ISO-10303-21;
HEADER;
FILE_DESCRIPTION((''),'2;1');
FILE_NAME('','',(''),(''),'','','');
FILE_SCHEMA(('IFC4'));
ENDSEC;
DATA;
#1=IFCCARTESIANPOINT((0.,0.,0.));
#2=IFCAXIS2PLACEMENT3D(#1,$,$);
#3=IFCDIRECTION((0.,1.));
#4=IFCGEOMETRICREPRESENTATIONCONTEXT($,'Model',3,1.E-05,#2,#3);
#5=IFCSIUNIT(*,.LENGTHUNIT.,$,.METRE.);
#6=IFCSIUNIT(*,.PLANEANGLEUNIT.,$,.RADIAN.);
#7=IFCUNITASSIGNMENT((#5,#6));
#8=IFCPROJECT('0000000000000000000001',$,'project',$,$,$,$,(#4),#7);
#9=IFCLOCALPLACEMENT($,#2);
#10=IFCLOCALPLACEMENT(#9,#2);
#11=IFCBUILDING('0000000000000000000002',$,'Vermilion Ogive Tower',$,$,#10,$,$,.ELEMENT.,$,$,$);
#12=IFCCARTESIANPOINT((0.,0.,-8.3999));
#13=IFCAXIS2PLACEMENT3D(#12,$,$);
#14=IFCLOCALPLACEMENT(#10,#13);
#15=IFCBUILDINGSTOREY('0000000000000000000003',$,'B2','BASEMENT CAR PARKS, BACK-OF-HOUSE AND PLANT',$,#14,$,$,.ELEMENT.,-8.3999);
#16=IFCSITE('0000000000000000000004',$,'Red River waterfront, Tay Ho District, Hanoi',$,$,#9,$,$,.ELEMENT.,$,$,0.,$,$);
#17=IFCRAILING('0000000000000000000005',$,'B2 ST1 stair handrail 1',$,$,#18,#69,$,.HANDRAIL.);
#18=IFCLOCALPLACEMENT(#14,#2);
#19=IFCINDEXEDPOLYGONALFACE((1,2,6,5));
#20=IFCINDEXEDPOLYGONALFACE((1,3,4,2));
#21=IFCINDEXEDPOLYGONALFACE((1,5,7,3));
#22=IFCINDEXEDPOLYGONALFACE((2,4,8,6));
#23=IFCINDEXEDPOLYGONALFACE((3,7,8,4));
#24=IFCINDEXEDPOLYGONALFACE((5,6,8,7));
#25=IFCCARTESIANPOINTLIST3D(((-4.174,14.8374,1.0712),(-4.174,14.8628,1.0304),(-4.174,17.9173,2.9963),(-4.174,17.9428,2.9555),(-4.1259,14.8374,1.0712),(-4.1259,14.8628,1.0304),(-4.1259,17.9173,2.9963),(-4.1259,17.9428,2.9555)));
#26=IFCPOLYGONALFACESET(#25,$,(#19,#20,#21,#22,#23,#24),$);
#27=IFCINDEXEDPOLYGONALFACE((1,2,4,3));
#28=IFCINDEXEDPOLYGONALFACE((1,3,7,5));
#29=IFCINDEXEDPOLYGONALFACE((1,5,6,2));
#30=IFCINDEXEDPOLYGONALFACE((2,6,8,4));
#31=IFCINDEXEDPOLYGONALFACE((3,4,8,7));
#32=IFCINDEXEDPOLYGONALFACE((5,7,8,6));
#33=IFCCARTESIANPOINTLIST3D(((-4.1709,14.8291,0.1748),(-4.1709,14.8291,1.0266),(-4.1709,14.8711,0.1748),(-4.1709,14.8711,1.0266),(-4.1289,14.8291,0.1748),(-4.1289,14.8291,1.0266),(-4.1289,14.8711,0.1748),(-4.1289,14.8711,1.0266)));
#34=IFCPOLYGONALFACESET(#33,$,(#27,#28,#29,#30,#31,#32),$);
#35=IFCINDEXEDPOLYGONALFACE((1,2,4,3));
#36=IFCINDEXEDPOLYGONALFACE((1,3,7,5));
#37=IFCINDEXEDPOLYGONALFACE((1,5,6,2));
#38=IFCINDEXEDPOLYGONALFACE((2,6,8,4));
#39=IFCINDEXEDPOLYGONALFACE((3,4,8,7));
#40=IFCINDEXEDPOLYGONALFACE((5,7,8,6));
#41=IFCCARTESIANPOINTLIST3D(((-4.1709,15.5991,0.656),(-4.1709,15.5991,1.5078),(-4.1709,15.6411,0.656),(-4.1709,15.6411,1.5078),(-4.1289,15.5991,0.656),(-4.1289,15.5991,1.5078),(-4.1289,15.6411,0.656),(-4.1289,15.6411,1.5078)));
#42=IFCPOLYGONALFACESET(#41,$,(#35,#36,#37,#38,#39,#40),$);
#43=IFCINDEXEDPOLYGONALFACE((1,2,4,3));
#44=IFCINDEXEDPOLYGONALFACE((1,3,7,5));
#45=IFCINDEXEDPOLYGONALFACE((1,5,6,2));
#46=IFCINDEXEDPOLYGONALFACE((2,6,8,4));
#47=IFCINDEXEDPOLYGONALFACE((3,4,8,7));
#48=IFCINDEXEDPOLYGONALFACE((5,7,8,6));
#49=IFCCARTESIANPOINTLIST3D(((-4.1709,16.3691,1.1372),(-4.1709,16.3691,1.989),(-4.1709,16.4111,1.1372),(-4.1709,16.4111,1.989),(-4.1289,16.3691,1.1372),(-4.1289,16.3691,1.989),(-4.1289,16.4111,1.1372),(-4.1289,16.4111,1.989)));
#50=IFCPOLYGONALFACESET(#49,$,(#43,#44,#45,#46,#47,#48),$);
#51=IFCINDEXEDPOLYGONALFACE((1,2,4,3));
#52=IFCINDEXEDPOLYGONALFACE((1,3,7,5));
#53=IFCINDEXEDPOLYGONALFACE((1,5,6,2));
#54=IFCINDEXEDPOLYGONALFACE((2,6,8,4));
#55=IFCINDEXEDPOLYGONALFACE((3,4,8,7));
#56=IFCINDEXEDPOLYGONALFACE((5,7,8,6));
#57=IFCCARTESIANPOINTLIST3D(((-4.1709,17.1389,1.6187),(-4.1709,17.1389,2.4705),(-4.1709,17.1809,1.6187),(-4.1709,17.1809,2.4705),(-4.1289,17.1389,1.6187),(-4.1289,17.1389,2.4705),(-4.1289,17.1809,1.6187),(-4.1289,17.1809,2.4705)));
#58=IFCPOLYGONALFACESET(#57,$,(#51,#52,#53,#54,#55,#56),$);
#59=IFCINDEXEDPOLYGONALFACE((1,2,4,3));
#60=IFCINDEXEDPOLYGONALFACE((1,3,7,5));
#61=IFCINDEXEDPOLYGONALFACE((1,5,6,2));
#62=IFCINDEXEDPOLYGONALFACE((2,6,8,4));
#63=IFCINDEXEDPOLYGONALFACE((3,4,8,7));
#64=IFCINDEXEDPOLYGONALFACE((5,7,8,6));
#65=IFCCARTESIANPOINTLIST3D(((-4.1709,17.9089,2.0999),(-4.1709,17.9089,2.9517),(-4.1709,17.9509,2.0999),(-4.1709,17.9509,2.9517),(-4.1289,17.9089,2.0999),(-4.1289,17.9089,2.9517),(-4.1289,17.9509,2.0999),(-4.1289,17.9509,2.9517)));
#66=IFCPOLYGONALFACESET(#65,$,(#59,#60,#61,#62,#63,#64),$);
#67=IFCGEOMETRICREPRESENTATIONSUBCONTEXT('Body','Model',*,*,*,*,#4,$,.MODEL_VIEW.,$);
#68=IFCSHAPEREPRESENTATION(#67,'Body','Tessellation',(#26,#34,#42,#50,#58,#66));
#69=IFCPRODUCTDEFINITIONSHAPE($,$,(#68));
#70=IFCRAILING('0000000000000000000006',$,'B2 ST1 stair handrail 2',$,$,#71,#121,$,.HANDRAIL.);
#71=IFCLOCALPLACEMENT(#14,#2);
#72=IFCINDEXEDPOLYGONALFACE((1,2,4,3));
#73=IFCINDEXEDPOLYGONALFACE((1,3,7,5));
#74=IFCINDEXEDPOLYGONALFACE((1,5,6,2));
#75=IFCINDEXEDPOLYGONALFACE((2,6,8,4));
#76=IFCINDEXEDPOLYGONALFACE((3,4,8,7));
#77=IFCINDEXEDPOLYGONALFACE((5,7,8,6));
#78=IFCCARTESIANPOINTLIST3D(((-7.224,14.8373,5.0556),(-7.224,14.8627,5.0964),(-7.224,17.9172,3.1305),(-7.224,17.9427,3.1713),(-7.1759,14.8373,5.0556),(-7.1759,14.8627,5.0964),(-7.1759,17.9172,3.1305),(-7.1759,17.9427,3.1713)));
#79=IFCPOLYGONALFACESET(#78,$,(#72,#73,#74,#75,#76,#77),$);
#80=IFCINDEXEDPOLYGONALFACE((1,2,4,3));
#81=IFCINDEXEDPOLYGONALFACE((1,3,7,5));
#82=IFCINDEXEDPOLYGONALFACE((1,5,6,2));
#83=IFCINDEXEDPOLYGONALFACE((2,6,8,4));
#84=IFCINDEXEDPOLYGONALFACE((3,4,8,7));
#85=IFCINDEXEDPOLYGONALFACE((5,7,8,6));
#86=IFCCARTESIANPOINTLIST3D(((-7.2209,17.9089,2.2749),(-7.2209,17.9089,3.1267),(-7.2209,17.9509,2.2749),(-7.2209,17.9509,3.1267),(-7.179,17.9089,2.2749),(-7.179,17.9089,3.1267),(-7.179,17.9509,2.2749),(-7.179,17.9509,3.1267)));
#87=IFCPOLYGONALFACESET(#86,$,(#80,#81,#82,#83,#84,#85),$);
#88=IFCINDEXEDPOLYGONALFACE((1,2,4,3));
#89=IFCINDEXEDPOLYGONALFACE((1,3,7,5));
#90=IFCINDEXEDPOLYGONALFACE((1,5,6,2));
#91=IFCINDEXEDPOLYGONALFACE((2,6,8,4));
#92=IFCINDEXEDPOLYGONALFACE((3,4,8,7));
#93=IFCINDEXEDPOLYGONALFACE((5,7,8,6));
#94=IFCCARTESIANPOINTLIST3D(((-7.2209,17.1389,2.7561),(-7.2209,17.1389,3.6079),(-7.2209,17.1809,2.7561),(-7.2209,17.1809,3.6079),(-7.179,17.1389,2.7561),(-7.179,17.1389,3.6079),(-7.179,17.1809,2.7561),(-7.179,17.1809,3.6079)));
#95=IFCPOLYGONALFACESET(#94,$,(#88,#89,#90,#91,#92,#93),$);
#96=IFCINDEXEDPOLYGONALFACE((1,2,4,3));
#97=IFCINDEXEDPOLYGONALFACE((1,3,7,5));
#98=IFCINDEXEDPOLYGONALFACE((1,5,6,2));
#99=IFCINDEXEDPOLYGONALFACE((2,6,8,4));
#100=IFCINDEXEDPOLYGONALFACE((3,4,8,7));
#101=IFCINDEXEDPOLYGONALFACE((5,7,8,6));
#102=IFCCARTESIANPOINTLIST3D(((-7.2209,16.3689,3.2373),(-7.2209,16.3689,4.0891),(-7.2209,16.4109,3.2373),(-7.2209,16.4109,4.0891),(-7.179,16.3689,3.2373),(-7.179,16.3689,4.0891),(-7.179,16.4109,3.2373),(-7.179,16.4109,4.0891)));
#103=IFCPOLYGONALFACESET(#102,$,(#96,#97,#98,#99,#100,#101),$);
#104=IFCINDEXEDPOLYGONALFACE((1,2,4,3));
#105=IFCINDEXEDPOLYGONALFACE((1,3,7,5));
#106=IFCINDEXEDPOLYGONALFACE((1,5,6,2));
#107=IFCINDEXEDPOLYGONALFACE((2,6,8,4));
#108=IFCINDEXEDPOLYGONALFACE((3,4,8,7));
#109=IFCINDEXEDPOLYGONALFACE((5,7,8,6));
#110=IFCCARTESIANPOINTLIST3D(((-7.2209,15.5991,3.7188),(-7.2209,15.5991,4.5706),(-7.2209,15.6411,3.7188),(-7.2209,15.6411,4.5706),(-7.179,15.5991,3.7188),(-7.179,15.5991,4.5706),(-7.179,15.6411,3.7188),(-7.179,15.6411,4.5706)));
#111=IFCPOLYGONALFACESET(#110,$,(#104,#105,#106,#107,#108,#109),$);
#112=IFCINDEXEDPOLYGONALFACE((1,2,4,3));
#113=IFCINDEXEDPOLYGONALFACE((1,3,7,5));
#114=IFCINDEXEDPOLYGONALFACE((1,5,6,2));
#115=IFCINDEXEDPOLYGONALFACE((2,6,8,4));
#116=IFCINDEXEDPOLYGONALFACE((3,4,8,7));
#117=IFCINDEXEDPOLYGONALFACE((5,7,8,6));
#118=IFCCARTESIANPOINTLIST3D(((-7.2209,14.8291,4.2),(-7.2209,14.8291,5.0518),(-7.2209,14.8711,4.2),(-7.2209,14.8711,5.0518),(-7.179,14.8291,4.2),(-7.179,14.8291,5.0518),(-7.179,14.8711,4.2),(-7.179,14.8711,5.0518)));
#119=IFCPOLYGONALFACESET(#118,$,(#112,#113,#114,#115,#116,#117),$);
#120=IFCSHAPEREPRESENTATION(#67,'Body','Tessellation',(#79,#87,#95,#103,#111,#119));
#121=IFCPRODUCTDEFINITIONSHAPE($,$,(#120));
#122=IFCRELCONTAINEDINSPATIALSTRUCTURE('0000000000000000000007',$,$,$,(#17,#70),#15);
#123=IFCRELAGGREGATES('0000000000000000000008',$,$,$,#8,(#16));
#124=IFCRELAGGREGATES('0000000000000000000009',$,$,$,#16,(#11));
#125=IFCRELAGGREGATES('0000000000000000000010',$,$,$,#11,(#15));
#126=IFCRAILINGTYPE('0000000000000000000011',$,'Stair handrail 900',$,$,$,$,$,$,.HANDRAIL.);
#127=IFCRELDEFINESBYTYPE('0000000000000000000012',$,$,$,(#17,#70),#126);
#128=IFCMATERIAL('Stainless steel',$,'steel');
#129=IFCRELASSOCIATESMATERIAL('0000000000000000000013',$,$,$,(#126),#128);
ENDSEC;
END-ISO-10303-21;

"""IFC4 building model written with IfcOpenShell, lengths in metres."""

from ifc_helpers import new_model, si_unit, direction, frame, origin, origin_2d, place, context, subcontext, project, spatial, rectangle, extrude, material, type_object, element, save


model = new_model("IFC4")

# Units and contexts
model_context = context("Model", 3, precision=1e-05, world=origin(), true_north=direction((0.0, 1.0)))
body_context = subcontext(model_context, "Body", "Model", "MODEL_VIEW")
ifc_project = project(units=[si_unit("LENGTHUNIT", "METRE"), si_unit("PLANEANGLEUNIT", "RADIAN")], contexts=[model_context])

# Site, building, storey
site_placement = place(None, origin())
site = spatial("IfcSite", under=ifc_project, at=site_placement, Name="Red River waterfront, Tay Ho District, Hanoi", CompositionType="ELEMENT", RefElevation=0.0)
building_placement = place(site_placement, origin())
building = spatial("IfcBuilding", under=site, at=building_placement, Name="Vermilion Ogive Tower", CompositionType="ELEMENT")
storey_placement = place(building_placement, frame((0.0, 0.0, -8.3999)))
storey = spatial("IfcBuildingStorey", under=building, at=storey_placement, Name="B2", Description="BASEMENT CAR PARKS, BACK-OF-HOUSE AND PLANT", CompositionType="ELEMENT", Elevation=-8.3999)

# Railings
ifc_material_1 = material(Name="Stainless steel", Category="steel")
railing_type_1 = type_object("IfcRailingType", Name="Stair handrail 900", PredefinedType="HANDRAIL", material=ifc_material_1)
railing_1_placement = place(storey_placement, frame((-4.1499, 14.8501, 0.1748)))
element("IfcRailing", 1, at=railing_1_placement, inside=storey, type_object=railing_type_1, Name="B2 ST1 stair handrail 1", PredefinedType="HANDRAIL", context=body_context, shape_type="SweptSolid", body=[
    extrude(rectangle(XDim=0.0481, YDim=0.0481, at=origin_2d()), frame((0.0, 0.0, 0.876), z_axis=(0.0, 0.847979, 0.530029), x_axis=(-1.0, 0.0, 0.0)), (0.0, 0.0, 1.0), 3.6321),
    extrude(rectangle(XDim=0.042, YDim=0.042, at=origin_2d()), origin(), (0.0, 0.0, 1.0), 0.8518),
    extrude(rectangle(XDim=0.042, YDim=0.042, at=origin_2d()), frame((0.0, 0.77, 0.4812)), (0.0, 0.0, 1.0), 0.8518),
    extrude(rectangle(XDim=0.042, YDim=0.042, at=origin_2d()), frame((0.0, 1.54, 0.9624)), (0.0, 0.0, 1.0), 0.8518),
    extrude(rectangle(XDim=0.042, YDim=0.042, at=origin_2d()), frame((0.0, 2.3098, 1.4438)), (0.0, 0.0, 1.0), 0.8518),
    extrude(rectangle(XDim=0.042, YDim=0.042, at=origin_2d()), frame((0.0, 3.0798, 1.925)), (0.0, 0.0, 1.0), 0.8518),
])
railing_2_placement = place(storey_placement, frame((-7.2, 17.9299, 2.2749)))
element("IfcRailing", 2, at=railing_2_placement, inside=storey, type_object=railing_type_1, Name="B2 ST1 stair handrail 2", PredefinedType="HANDRAIL", context=body_context, shape_type="SweptSolid", body=[
    extrude(rectangle(XDim=0.0481, YDim=0.0481, at=origin_2d()), frame((0.0, 0.0, 0.876), z_axis=(0.0, -0.847979, 0.530029), x_axis=(1.0, 0.0, 0.0)), (0.0, 0.0, 1.0), 3.6321),
    extrude(rectangle(XDim=0.042, YDim=0.042, at=origin_2d()), origin(), (0.0, 0.0, 1.0), 0.8518),
    extrude(rectangle(XDim=0.042, YDim=0.042, at=origin_2d()), frame((0.0, -0.77, 0.4812)), (0.0, 0.0, 1.0), 0.8518),
    extrude(rectangle(XDim=0.042, YDim=0.042, at=origin_2d()), frame((0.0, -1.54, 0.9624)), (0.0, 0.0, 1.0), 0.8518),
    extrude(rectangle(XDim=0.042, YDim=0.042, at=origin_2d()), frame((0.0, -2.3098, 1.4438)), (0.0, 0.0, 1.0), 0.8518),
    extrude(rectangle(XDim=0.042, YDim=0.042, at=origin_2d()), frame((0.0, -3.0798, 1.925)), (0.0, 0.0, 1.0), 0.8518),
])

save(model, "model.ifc")
